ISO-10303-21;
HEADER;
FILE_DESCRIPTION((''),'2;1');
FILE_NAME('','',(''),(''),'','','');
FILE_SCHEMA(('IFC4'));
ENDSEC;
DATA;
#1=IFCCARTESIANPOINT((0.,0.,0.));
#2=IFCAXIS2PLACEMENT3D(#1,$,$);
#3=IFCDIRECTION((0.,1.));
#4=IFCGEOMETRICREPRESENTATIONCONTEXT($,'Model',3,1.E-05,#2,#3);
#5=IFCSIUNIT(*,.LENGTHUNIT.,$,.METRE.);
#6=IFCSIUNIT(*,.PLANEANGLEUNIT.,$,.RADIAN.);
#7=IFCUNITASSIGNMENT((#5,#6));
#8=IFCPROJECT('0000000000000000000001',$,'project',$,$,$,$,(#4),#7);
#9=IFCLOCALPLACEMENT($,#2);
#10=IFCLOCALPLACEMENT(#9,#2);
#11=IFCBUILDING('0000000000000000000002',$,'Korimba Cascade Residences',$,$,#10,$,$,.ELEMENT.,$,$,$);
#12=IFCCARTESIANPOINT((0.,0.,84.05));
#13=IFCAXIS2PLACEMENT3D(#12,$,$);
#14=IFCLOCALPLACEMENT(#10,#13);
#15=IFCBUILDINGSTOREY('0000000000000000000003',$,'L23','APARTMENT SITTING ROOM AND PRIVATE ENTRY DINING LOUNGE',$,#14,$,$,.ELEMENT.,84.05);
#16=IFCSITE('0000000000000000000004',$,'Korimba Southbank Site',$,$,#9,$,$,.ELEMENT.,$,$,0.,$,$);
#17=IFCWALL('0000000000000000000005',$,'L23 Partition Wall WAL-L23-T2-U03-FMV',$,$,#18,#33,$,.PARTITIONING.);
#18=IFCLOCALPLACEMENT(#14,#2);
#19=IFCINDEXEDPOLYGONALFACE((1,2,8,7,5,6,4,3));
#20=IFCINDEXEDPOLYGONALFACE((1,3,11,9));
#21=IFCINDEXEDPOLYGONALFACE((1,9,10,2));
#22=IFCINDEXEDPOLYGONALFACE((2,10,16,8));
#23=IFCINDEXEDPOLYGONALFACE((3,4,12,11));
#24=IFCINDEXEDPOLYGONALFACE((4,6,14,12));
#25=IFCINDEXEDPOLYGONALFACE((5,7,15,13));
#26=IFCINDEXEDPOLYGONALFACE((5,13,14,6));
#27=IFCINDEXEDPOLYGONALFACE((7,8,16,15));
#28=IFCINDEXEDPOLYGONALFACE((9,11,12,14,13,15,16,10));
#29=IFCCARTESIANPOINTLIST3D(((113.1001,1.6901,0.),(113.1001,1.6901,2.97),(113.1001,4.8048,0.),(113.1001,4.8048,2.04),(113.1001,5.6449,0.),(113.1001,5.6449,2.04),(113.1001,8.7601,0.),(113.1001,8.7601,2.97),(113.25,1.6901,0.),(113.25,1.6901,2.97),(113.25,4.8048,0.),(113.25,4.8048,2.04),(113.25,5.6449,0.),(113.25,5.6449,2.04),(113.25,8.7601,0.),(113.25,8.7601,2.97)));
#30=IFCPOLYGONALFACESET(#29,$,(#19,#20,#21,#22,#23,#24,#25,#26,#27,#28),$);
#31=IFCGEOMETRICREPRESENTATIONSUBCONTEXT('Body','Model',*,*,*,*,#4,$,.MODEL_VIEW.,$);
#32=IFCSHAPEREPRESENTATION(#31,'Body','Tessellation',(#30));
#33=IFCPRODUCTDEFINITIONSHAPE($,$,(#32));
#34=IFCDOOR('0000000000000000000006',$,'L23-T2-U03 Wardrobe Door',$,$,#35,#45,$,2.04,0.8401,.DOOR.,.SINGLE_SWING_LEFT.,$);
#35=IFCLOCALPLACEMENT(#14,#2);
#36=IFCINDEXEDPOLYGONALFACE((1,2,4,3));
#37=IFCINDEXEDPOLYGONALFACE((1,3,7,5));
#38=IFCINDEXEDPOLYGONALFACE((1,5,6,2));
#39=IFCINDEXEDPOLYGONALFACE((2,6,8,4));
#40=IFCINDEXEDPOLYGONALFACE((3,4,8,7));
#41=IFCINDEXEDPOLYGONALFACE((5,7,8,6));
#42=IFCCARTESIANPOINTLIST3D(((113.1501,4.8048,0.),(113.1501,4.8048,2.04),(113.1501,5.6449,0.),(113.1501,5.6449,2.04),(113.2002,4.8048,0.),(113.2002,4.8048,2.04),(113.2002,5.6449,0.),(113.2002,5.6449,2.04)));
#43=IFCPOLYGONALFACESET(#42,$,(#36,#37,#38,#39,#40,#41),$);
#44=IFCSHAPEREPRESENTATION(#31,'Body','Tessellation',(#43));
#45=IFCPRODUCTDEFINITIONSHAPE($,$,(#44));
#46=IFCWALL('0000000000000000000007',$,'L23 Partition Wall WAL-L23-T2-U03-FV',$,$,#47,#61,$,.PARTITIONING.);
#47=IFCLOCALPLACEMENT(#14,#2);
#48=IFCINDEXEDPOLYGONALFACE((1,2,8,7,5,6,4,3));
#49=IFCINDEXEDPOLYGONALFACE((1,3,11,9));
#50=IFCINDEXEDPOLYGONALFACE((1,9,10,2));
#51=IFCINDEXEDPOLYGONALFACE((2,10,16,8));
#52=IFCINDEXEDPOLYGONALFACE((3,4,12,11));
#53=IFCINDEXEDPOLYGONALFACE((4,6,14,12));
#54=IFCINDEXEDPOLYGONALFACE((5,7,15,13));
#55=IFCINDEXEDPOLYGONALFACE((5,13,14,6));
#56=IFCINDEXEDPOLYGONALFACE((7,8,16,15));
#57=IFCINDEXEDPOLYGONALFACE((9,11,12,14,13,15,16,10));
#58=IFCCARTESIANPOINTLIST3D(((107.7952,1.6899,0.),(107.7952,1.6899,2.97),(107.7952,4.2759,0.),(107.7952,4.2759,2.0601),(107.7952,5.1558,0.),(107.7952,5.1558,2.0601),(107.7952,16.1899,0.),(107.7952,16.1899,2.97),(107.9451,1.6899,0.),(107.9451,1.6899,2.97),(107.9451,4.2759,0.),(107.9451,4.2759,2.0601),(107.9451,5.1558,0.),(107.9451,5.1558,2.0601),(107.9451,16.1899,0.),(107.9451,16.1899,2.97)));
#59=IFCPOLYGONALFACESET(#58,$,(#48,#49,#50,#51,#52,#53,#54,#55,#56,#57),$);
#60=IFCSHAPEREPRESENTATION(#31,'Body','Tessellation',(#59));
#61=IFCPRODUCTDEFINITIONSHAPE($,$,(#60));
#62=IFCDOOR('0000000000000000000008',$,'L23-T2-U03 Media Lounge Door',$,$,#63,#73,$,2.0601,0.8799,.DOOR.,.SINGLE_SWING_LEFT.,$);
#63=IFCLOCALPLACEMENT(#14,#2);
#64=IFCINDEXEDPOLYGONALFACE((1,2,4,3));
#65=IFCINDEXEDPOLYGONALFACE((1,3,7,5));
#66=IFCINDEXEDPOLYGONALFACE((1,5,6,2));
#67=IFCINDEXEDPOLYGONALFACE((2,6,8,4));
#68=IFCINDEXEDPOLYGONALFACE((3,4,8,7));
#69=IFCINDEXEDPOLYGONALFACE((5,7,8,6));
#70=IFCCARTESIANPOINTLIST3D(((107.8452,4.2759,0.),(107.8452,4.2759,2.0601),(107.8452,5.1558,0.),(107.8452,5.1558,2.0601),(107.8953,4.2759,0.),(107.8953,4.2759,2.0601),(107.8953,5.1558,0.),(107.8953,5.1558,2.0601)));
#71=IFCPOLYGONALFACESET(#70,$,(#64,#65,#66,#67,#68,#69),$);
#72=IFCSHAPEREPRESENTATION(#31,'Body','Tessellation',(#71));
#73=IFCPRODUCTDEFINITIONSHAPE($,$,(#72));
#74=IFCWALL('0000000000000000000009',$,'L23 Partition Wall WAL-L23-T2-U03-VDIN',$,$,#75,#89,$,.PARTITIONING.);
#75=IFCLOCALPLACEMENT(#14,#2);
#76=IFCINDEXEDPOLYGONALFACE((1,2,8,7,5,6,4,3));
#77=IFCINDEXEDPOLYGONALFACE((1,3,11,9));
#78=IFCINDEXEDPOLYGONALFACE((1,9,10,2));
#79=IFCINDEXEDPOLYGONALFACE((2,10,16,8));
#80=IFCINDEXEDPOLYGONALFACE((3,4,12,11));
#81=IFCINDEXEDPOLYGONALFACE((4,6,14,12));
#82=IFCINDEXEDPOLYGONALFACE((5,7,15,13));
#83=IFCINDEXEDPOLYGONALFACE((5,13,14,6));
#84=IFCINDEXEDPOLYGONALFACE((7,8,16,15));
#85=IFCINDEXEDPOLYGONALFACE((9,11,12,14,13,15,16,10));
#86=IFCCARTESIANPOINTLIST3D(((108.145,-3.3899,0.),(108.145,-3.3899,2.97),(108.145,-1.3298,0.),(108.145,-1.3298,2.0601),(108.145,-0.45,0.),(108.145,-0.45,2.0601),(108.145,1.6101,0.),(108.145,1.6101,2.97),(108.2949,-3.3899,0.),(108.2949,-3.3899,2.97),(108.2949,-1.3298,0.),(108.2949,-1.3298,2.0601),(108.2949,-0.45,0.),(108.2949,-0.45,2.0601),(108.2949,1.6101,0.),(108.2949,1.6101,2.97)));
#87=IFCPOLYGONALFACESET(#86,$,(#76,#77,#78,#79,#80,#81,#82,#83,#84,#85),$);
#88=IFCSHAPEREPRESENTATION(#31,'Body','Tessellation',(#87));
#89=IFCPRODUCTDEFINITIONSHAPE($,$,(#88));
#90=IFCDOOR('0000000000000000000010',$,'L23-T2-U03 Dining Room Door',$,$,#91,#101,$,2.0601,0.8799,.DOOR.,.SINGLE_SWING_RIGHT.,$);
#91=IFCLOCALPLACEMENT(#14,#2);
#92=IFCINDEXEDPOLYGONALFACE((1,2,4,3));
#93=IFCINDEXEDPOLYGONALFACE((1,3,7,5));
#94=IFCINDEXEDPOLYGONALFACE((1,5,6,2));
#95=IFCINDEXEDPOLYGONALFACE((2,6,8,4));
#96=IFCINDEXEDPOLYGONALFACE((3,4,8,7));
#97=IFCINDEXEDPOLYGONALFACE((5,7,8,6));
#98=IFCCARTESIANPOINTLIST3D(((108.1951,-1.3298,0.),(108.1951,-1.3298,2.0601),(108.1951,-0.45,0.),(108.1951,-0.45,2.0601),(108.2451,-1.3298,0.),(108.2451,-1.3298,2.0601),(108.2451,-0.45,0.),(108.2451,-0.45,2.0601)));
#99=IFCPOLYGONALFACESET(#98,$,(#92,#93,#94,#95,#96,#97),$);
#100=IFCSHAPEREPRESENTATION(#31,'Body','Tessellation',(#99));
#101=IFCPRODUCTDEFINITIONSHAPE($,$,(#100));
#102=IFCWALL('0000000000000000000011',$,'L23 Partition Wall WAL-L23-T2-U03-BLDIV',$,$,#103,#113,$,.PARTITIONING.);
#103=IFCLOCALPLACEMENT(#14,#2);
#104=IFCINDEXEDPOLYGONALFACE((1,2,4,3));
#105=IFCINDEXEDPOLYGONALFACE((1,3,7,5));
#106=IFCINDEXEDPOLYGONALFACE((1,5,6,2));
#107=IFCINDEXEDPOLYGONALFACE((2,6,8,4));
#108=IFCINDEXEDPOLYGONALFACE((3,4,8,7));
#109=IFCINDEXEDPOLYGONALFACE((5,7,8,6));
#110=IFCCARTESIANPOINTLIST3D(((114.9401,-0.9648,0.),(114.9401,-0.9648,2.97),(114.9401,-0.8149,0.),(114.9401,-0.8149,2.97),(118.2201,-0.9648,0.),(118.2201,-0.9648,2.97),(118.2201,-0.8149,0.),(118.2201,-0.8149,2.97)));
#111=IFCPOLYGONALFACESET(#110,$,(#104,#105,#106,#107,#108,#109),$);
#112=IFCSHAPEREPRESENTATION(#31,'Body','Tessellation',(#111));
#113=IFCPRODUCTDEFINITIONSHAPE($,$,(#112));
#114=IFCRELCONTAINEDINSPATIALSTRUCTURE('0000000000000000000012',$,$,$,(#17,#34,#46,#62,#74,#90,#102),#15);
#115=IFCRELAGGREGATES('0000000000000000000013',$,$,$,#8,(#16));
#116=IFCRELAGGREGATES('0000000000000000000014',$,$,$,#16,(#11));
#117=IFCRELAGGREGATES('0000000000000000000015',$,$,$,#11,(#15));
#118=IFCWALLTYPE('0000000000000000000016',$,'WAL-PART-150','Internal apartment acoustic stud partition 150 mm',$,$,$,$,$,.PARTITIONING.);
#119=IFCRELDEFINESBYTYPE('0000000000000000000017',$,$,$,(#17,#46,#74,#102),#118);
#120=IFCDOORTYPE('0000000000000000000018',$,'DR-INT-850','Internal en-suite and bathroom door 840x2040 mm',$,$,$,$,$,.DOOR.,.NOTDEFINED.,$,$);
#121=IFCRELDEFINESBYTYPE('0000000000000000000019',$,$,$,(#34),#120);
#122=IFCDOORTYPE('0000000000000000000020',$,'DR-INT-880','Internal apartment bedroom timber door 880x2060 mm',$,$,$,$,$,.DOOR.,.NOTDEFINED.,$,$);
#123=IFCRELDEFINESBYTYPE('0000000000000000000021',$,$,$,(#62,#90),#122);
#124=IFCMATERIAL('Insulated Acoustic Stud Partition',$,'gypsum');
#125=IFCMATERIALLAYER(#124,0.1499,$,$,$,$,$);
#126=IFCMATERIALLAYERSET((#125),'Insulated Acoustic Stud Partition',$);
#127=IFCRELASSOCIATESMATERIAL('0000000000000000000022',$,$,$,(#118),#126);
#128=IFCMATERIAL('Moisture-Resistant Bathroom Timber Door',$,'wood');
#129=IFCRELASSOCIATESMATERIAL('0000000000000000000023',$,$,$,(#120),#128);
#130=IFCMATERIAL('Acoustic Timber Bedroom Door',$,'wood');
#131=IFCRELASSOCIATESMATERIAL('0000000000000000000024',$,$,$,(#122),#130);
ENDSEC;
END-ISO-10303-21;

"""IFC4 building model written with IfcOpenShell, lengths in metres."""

from ifc_helpers import new_model, si_unit, direction, frame, frame_2d, origin, place, context, subcontext, project, spatial, rectangle, extrude, material, layer, layer_set, type_object, element, fill, save


model = new_model("IFC4")

# Units and contexts
model_context = context("Model", 3, precision=1e-05, world=origin(), true_north=direction((0.0, 1.0)))
body_context = subcontext(model_context, "Body", "Model", "MODEL_VIEW")
ifc_project = project(units=[si_unit("LENGTHUNIT", "METRE"), si_unit("PLANEANGLEUNIT", "RADIAN")], contexts=[model_context])

# Site, building, storey
site_placement = place(None, origin())
site = spatial("IfcSite", under=ifc_project, at=site_placement, Name="Korimba Southbank Site", CompositionType="ELEMENT", RefElevation=0.0)
building_placement = place(site_placement, origin())
building = spatial("IfcBuilding", under=site, at=building_placement, Name="Korimba Cascade Residences", CompositionType="ELEMENT")
storey_placement = place(building_placement, frame((0.0, 0.0, 84.05)))
storey = spatial("IfcBuildingStorey", under=building, at=storey_placement, Name="L23", Description="APARTMENT SITTING ROOM AND PRIVATE ENTRY DINING LOUNGE", CompositionType="ELEMENT", Elevation=84.05)

# Walls, openings, doors
ifc_material_1 = material(Name="Insulated Acoustic Stud Partition", Category="gypsum")
ifc_layer = layer(ifc_material_1, 0.1499)
ifc_layer_set = layer_set([ifc_layer], Name="Insulated Acoustic Stud Partition")
wall_type = type_object("IfcWallType", Name="WAL-PART-150", Description="Internal apartment acoustic stud partition 150 mm", PredefinedType="PARTITIONING", material=ifc_layer_set)
wall_1_placement = place(storey_placement, frame((113.175, 1.6899, 0.0), z_axis=(0.0, 0.0, 1.0), x_axis=(0.0, 1.0, 0.0)))
wall_1 = element("IfcWall", 1, at=wall_1_placement, inside=storey, type_object=wall_type, Name="L23 Partition Wall WAL-L23-T2-U03-FMV", PredefinedType="PARTITIONING", context=body_context, shape_type="SweptSolid", body=[
    extrude(rectangle(XDim=7.0701, YDim=0.1499, at=frame_2d((3.5352, 0.0))), origin(), (0.0, 0.0, 1.0), 2.97),
])
opening_1_placement = place(wall_1_placement, frame((3.115, 0.0, 0.0)))
opening_1 = element("IfcOpeningElement", 2, at=opening_1_placement, cuts=wall_1, PredefinedType="OPENING", context=body_context, shape_type="SweptSolid", body=[
    extrude(rectangle(XDim=0.8401, YDim=2.04, at=frame_2d((0.4199, 1.02))), frame((0.0, 0.085, 0.0), z_axis=(0.0, -1.0, 0.0), x_axis=(1.0, 0.0, 0.0)), (0.0, 0.0, 1.0), 0.1699),
])
ifc_material_2 = material(Name="Moisture-Resistant Bathroom Timber Door", Category="wood")
door_type_1 = type_object("IfcDoorType", Name="DR-INT-850", Description="Internal en-suite and bathroom door 840x2040 mm", OperationType="NOTDEFINED", PredefinedType="DOOR", material=ifc_material_2)
door_1_placement = place(opening_1_placement, origin())
door_1 = element("IfcDoor", 3, at=door_1_placement, inside=storey, type_object=door_type_1, Name="L23-T2-U03 Wardrobe Door", OperationType="SINGLE_SWING_LEFT", OverallHeight=2.04, OverallWidth=0.8401, PredefinedType="DOOR", context=body_context, shape_type="SweptSolid", body=[
    extrude(rectangle(XDim=0.8401, YDim=2.04, at=frame_2d((0.4199, 1.02))), frame((0.0, 0.0249, 0.0), z_axis=(0.0, -1.0, 0.0), x_axis=(1.0, 0.0, 0.0)), (0.0, 0.0, 1.0), 0.05),
])
fill(opening_1, door_1)
wall_2_placement = place(storey_placement, frame((107.8701, 1.6899, 0.0), z_axis=(0.0, 0.0, 1.0), x_axis=(0.0, 1.0, 0.0)))
wall_2 = element("IfcWall", 4, at=wall_2_placement, inside=storey, type_object=wall_type, Name="L23 Partition Wall WAL-L23-T2-U03-FV", PredefinedType="PARTITIONING", context=body_context, shape_type="SweptSolid", body=[
    extrude(rectangle(XDim=14.5, YDim=0.1499, at=frame_2d((7.25, 0.0))), origin(), (0.0, 0.0, 1.0), 2.97),
])
opening_2_placement = place(wall_2_placement, frame((2.5859, 0.0, 0.0)))
opening_2 = element("IfcOpeningElement", 5, at=opening_2_placement, cuts=wall_2, PredefinedType="OPENING", context=body_context, shape_type="SweptSolid", body=[
    extrude(rectangle(XDim=0.8799, YDim=2.0601, at=frame_2d((0.4399, 1.03))), frame((0.0, 0.085, 0.0), z_axis=(0.0, -1.0, 0.0), x_axis=(1.0, 0.0, 0.0)), (0.0, 0.0, 1.0), 0.1699),
])
ifc_material_3 = material(Name="Acoustic Timber Bedroom Door", Category="wood")
door_type_2 = type_object("IfcDoorType", Name="DR-INT-880", Description="Internal apartment bedroom timber door 880x2060 mm", OperationType="NOTDEFINED", PredefinedType="DOOR", material=ifc_material_3)
door_2_placement = place(opening_2_placement, origin())
door_2 = element("IfcDoor", 6, at=door_2_placement, inside=storey, type_object=door_type_2, Name="L23-T2-U03 Media Lounge Door", OperationType="SINGLE_SWING_LEFT", OverallHeight=2.0601, OverallWidth=0.8799, PredefinedType="DOOR", context=body_context, shape_type="SweptSolid", body=[
    extrude(rectangle(XDim=0.8799, YDim=2.0601, at=frame_2d((0.4399, 1.03))), frame((0.0, 0.0249, 0.0), z_axis=(0.0, -1.0, 0.0), x_axis=(1.0, 0.0, 0.0)), (0.0, 0.0, 1.0), 0.05),
])
fill(opening_2, door_2)
wall_3_placement = place(storey_placement, frame((108.22, -3.3899, 0.0), z_axis=(0.0, 0.0, 1.0), x_axis=(0.0, 1.0, 0.0)))
wall_3 = element("IfcWall", 7, at=wall_3_placement, inside=storey, type_object=wall_type, Name="L23 Partition Wall WAL-L23-T2-U03-VDIN", PredefinedType="PARTITIONING", context=body_context, shape_type="SweptSolid", body=[
    extrude(rectangle(XDim=5.0, YDim=0.1499, at=frame_2d((2.5, 0.0))), origin(), (0.0, 0.0, 1.0), 2.97),
])
opening_3_placement = place(wall_3_placement, frame((2.0601, 0.0, 0.0)))
opening_3 = element("IfcOpeningElement", 8, at=opening_3_placement, cuts=wall_3, PredefinedType="OPENING", context=body_context, shape_type="SweptSolid", body=[
    extrude(rectangle(XDim=0.8799, YDim=2.0601, at=frame_2d((0.4399, 1.03))), frame((0.0, 0.085, 0.0), z_axis=(0.0, -1.0, 0.0), x_axis=(1.0, 0.0, 0.0)), (0.0, 0.0, 1.0), 0.1699),
])
door_3_placement = place(opening_3_placement, origin())
door_3 = element("IfcDoor", 9, at=door_3_placement, inside=storey, type_object=door_type_2, Name="L23-T2-U03 Dining Room Door", OperationType="SINGLE_SWING_RIGHT", OverallHeight=2.0601, OverallWidth=0.8799, PredefinedType="DOOR", context=body_context, shape_type="SweptSolid", body=[
    extrude(rectangle(XDim=0.8799, YDim=2.0601, at=frame_2d((0.4399, 1.03))), frame((0.0, 0.0249, 0.0), z_axis=(0.0, -1.0, 0.0), x_axis=(1.0, 0.0, 0.0)), (0.0, 0.0, 1.0), 0.05),
])
fill(opening_3, door_3)

# Wall
wall_4_placement = place(storey_placement, frame((114.9399, -0.8899, 0.0), z_axis=(0.0, 0.0, 1.0), x_axis=(1.0, 0.0, 0.0)))
element("IfcWall", 10, at=wall_4_placement, inside=storey, type_object=wall_type, Name="L23 Partition Wall WAL-L23-T2-U03-BLDIV", PredefinedType="PARTITIONING", context=body_context, shape_type="SweptSolid", body=[
    extrude(rectangle(XDim=3.28, YDim=0.1499, at=frame_2d((1.6401, 0.0))), origin(), (0.0, 0.0, 1.0), 2.97),
])

save(model, "model.ifc")
